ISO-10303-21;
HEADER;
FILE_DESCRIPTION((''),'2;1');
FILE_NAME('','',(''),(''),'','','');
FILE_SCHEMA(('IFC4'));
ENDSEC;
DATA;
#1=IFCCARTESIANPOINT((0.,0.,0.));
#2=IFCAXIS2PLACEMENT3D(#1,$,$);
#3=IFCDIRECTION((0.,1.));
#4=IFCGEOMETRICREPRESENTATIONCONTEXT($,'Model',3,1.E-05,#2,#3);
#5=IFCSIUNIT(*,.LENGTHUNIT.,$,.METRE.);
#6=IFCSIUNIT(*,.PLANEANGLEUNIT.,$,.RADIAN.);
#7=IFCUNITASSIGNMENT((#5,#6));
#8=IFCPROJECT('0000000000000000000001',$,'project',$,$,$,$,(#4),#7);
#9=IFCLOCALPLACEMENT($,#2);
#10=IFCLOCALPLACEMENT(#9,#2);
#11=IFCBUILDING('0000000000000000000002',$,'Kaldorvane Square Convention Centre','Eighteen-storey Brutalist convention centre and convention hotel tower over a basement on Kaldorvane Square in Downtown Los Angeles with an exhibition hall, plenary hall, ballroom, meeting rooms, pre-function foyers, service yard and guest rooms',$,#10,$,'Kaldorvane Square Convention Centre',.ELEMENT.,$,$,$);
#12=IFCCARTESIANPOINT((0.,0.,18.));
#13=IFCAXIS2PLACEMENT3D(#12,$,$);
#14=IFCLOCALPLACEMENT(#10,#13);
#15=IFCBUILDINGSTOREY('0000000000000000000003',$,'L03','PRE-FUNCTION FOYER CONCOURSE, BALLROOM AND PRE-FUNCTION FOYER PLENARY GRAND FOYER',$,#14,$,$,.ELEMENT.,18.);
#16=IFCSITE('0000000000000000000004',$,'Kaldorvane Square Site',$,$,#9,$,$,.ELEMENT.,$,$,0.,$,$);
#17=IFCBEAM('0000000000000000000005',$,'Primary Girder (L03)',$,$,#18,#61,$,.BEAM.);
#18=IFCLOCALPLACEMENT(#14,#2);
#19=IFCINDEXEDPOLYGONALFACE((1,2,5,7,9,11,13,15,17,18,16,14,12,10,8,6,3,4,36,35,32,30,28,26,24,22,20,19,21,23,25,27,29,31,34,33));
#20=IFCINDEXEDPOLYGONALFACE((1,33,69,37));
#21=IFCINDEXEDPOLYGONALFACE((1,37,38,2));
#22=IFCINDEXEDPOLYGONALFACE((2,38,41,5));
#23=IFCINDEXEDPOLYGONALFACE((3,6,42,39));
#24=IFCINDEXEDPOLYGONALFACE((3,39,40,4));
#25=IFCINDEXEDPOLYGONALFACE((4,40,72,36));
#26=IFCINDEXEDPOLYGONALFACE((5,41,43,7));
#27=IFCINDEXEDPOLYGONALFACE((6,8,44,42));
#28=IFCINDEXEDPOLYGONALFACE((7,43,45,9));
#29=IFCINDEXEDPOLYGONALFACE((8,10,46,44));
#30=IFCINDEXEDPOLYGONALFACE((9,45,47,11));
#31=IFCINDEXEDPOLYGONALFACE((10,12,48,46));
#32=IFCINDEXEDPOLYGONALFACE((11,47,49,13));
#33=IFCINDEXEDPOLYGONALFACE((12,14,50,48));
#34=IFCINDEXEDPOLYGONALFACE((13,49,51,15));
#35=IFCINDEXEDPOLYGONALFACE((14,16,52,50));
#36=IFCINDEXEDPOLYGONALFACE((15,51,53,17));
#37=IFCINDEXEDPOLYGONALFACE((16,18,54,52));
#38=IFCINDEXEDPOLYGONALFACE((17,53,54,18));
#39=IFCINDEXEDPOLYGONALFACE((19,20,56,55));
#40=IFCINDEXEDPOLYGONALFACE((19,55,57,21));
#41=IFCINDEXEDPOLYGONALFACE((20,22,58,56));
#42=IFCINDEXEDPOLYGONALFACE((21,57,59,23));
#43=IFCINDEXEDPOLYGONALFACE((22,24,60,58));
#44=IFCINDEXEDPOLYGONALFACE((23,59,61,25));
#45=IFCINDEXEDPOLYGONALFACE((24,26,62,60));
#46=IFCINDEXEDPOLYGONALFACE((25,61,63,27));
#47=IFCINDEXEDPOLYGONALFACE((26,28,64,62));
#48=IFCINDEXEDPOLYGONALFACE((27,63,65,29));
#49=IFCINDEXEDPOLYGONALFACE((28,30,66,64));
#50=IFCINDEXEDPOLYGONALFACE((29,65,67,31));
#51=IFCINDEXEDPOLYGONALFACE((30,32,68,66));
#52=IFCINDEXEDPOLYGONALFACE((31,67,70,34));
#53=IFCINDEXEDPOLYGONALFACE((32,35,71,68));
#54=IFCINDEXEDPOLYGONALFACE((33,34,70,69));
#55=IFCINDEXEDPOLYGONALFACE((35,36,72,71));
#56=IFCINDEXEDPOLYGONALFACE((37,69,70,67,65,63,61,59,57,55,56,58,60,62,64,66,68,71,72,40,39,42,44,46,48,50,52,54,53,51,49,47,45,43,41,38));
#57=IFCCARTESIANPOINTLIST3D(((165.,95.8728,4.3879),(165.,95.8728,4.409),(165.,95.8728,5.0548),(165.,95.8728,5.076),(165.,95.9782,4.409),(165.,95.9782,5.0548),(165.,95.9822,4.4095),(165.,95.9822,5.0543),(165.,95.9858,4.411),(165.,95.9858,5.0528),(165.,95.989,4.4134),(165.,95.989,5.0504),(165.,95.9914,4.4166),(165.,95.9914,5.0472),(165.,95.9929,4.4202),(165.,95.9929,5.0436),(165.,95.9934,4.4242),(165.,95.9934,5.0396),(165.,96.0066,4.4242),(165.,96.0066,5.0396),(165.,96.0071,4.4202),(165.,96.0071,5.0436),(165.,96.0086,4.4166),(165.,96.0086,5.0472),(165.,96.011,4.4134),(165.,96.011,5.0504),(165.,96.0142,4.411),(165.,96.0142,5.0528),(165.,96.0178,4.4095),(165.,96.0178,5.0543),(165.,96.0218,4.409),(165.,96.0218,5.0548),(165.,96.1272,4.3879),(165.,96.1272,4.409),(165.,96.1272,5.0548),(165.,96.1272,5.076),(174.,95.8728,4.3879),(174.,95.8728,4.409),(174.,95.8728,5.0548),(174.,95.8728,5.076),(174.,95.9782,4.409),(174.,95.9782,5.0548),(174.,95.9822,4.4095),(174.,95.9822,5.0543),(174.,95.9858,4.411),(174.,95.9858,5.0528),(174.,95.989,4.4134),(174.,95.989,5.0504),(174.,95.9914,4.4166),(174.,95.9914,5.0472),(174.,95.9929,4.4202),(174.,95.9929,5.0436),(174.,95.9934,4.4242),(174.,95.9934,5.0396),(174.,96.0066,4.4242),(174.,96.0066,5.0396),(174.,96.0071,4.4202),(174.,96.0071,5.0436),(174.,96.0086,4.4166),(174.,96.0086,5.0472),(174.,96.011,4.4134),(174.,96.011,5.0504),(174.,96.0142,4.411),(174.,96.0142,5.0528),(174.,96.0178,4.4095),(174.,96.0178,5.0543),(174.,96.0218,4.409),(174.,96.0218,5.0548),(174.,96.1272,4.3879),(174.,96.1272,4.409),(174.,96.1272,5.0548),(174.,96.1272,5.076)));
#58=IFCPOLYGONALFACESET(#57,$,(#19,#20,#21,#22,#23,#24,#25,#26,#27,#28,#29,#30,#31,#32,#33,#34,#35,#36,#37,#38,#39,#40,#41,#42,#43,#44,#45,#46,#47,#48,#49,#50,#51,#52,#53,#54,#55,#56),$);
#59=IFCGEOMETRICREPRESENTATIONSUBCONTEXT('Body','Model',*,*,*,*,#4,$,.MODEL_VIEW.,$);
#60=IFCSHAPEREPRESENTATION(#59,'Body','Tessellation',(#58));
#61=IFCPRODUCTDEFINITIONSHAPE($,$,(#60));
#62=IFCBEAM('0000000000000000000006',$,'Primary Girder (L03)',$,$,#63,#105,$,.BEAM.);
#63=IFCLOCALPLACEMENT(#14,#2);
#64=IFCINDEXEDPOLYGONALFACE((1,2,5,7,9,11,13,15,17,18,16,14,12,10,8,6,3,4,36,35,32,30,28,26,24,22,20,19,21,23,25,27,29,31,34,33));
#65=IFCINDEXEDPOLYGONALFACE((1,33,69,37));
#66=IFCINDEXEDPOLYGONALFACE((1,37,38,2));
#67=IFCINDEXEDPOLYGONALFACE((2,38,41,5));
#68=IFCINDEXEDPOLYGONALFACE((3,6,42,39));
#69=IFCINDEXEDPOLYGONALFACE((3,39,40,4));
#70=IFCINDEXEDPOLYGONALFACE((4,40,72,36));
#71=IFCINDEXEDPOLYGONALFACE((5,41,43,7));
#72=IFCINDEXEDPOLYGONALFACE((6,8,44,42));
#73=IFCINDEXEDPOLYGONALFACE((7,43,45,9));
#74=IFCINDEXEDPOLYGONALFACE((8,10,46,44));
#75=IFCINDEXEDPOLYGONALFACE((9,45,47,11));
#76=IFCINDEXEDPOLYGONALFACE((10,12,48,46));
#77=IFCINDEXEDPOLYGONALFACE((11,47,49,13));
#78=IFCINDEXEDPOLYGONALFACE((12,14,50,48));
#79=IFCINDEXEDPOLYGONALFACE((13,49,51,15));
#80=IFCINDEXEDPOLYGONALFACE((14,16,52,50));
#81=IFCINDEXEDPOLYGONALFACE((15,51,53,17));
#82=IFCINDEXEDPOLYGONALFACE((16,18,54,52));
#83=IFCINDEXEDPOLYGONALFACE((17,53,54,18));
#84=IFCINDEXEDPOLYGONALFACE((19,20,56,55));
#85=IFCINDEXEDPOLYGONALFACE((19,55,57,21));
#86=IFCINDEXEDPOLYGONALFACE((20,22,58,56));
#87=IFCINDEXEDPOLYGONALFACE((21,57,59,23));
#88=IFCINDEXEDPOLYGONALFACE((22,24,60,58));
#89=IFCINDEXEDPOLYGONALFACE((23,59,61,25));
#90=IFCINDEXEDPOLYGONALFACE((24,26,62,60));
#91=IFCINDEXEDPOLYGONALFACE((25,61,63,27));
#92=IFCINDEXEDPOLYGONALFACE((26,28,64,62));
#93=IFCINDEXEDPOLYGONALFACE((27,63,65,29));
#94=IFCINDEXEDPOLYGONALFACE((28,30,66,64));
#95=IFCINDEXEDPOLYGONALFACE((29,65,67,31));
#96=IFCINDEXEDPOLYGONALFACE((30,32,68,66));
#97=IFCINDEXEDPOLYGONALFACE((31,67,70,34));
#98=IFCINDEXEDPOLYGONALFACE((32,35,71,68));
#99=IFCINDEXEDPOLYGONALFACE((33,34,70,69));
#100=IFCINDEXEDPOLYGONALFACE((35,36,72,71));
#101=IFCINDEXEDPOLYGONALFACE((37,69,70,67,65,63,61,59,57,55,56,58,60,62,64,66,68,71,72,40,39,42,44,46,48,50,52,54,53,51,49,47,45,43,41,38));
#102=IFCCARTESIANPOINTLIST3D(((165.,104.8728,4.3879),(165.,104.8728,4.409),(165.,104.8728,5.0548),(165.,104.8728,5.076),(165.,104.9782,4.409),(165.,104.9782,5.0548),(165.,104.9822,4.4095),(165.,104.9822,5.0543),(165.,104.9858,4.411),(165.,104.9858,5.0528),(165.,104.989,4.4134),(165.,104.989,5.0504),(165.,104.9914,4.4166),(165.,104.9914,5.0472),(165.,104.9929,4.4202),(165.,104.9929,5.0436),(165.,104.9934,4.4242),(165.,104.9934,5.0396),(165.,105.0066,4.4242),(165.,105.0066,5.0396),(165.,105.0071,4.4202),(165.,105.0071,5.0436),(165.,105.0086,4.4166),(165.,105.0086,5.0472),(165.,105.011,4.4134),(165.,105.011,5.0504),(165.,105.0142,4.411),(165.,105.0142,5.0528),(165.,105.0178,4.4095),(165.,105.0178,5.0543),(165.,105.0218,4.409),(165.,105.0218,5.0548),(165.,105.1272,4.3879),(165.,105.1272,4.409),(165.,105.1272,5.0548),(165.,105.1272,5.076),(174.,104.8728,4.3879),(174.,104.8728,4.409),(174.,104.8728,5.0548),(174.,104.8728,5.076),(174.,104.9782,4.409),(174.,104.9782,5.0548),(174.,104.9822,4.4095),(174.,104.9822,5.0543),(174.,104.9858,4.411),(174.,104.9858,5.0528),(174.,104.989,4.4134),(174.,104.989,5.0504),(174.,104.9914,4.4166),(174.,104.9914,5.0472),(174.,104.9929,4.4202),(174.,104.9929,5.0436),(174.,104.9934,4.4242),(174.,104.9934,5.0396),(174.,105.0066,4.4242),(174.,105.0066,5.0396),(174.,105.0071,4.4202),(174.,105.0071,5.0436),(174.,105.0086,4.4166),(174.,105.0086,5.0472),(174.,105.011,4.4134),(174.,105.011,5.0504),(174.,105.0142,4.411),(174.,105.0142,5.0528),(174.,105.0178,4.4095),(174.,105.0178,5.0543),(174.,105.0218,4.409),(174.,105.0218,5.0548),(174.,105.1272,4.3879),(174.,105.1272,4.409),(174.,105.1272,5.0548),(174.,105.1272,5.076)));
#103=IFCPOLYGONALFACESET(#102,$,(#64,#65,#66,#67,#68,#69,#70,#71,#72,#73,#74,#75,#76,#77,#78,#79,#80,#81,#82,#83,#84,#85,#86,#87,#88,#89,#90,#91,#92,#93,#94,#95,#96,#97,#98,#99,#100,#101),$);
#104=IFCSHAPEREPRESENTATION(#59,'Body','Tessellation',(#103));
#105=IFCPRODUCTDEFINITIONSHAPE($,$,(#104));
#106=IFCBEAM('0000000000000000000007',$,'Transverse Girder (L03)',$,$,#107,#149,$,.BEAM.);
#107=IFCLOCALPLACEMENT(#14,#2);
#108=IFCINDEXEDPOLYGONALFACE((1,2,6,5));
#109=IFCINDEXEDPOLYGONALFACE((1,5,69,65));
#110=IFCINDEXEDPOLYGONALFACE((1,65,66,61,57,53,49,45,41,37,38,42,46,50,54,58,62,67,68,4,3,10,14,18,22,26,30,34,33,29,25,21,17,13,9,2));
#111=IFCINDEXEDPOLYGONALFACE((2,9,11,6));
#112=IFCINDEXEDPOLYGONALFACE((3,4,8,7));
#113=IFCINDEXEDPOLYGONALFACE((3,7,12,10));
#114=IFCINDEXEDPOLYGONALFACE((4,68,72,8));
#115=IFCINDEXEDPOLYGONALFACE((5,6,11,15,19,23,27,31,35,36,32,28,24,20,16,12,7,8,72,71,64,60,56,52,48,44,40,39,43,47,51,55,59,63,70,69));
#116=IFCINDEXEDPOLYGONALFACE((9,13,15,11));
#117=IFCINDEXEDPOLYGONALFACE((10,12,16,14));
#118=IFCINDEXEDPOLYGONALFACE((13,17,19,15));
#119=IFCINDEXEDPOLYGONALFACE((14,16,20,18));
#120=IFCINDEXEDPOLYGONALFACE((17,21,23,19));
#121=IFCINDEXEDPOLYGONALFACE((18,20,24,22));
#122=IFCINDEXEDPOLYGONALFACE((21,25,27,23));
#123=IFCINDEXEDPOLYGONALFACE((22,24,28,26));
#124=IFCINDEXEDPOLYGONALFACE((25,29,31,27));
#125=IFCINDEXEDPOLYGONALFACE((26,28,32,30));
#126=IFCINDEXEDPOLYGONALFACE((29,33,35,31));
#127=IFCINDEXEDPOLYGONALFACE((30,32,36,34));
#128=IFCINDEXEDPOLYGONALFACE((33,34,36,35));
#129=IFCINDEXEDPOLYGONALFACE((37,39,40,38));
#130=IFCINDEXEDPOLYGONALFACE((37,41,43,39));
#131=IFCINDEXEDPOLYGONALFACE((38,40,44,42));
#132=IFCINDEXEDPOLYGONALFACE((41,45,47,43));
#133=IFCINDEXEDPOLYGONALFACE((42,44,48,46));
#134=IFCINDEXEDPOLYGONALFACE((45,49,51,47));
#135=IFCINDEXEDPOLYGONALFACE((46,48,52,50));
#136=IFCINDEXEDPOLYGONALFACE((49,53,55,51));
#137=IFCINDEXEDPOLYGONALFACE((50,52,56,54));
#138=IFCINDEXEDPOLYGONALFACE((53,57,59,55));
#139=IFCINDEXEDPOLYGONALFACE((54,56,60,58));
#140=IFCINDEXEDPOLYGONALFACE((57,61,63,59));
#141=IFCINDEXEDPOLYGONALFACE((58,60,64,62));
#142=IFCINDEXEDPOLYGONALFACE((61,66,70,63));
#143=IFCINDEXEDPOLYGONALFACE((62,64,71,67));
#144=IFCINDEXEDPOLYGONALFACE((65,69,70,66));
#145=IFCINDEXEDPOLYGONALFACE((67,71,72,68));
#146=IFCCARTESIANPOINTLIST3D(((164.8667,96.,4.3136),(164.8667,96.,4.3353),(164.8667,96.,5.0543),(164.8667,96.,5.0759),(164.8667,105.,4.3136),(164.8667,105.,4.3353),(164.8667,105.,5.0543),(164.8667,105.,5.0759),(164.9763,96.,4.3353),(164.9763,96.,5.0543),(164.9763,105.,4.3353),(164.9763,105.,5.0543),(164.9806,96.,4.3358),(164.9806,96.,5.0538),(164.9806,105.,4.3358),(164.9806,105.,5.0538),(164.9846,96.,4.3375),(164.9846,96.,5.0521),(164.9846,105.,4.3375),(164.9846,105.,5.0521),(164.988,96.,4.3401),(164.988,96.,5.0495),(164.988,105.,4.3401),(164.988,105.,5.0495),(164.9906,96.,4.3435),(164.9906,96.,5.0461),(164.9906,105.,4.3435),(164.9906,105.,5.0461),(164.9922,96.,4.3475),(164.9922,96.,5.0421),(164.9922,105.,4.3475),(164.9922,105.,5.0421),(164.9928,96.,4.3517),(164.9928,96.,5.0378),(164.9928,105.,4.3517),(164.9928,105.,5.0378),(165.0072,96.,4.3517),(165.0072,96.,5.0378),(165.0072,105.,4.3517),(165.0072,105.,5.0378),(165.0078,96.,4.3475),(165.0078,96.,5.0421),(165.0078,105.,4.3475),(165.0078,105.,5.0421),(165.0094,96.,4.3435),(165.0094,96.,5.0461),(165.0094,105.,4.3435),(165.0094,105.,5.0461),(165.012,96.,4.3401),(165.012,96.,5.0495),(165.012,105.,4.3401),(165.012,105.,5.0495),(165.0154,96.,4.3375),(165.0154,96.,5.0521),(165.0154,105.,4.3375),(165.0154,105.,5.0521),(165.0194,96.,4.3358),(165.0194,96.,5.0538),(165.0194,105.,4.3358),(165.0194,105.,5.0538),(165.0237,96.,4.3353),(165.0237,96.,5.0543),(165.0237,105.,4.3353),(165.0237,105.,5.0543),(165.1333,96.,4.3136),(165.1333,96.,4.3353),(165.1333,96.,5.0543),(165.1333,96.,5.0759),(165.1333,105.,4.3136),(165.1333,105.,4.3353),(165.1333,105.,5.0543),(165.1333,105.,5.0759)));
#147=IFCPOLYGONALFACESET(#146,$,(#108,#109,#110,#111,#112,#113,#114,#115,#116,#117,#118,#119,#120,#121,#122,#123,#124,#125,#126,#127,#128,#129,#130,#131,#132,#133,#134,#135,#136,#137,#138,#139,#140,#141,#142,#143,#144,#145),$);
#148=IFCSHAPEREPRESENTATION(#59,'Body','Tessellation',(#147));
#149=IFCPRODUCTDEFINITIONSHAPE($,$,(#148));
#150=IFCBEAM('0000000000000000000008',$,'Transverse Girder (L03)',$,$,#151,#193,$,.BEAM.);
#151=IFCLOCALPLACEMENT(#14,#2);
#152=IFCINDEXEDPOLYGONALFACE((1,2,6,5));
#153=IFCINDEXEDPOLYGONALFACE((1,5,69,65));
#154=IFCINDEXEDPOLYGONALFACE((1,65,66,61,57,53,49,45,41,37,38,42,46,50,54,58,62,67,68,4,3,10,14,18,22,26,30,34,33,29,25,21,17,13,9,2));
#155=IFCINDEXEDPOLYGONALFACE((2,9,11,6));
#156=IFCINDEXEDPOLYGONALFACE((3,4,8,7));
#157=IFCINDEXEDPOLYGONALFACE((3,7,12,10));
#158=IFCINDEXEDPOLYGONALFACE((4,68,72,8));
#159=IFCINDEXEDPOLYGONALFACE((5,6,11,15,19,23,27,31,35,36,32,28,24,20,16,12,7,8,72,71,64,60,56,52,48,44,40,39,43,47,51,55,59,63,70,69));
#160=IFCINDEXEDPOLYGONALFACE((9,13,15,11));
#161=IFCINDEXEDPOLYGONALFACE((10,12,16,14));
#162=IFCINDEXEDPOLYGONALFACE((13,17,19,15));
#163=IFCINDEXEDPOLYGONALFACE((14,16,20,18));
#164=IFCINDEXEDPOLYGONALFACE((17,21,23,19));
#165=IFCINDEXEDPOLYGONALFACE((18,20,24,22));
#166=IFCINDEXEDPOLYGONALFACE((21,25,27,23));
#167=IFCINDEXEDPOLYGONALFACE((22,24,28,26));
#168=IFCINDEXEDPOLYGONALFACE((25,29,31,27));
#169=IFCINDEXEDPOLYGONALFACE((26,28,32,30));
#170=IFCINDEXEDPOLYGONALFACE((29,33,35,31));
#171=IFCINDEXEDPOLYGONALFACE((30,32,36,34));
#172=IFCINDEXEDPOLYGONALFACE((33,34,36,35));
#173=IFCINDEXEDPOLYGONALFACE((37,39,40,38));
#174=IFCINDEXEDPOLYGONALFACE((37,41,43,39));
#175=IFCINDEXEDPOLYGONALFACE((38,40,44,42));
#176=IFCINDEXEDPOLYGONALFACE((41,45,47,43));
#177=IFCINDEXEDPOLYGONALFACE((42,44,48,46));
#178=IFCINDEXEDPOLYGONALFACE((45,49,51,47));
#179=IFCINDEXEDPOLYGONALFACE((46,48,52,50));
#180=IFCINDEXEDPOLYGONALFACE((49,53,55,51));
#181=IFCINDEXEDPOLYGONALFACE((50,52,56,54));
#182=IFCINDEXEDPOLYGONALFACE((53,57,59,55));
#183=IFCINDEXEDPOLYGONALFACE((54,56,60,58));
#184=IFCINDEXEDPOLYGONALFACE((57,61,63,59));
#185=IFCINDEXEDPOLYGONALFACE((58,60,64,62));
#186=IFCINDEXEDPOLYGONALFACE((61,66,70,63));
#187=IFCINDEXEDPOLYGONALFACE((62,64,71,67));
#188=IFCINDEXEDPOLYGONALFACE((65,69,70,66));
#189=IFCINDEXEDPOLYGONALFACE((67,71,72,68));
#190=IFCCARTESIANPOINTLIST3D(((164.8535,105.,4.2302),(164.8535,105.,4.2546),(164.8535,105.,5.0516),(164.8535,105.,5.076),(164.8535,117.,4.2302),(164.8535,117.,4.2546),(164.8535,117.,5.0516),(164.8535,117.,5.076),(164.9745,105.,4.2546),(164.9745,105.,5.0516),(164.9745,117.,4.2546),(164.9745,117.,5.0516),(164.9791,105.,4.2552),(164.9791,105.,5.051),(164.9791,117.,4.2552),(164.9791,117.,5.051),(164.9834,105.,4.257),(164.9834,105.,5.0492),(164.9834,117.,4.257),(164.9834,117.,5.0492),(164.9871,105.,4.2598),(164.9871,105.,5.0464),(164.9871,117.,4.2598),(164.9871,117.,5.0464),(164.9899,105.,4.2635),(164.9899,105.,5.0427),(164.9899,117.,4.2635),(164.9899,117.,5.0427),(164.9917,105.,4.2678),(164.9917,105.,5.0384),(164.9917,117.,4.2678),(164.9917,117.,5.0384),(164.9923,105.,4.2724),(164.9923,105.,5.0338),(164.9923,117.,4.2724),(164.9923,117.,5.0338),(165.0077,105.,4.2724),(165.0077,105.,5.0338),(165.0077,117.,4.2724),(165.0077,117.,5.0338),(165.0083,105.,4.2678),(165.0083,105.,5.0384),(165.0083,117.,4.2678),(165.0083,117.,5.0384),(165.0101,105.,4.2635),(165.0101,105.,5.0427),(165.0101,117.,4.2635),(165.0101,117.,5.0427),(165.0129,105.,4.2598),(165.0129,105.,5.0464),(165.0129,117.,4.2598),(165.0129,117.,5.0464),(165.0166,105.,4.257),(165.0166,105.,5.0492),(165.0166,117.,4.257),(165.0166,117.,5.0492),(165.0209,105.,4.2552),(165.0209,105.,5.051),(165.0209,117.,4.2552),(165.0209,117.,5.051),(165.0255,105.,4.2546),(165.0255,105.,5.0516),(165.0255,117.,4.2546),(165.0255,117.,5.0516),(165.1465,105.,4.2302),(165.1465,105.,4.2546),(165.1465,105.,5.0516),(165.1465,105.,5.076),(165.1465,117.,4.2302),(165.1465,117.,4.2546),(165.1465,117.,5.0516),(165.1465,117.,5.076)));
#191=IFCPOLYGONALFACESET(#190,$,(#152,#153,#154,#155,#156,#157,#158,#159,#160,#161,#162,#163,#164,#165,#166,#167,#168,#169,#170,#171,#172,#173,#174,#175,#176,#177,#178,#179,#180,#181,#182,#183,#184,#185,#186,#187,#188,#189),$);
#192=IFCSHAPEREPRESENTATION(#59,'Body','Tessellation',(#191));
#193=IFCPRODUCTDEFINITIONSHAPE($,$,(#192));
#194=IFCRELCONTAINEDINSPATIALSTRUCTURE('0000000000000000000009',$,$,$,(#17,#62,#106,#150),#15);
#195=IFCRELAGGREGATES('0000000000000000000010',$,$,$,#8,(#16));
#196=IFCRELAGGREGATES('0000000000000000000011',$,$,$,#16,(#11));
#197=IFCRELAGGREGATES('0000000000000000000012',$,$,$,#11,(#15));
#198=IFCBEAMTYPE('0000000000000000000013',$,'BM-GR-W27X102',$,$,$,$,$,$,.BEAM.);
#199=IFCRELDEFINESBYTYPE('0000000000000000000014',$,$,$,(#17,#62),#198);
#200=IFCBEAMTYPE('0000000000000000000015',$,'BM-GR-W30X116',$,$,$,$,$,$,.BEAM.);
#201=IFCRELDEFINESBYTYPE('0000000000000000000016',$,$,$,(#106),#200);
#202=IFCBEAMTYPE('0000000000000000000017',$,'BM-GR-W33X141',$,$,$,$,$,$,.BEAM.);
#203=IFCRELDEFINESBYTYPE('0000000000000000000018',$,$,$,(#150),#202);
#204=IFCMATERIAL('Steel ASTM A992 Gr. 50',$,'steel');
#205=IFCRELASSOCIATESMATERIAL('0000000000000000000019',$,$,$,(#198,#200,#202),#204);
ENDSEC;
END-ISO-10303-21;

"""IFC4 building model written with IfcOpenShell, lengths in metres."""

from ifc_helpers import new_model, si_unit, direction, frame, origin, origin_2d, place, context, subcontext, project, spatial, i_section, extrude, material, material_profile, profile_set, type_object, element, save


model = new_model("IFC4")

# Units and contexts
model_context = context("Model", 3, precision=1e-05, world=origin(), true_north=direction((0.0, 1.0)))
body_context = subcontext(model_context, "Body", "Model", "MODEL_VIEW")
ifc_project = project(units=[si_unit("LENGTHUNIT", "METRE"), si_unit("PLANEANGLEUNIT", "RADIAN")], contexts=[model_context])

# Site, building, storey
site_placement = place(None, origin())
site = spatial("IfcSite", under=ifc_project, at=site_placement, Name="Kaldorvane Square Site", CompositionType="ELEMENT", RefElevation=0.0)
building_placement = place(site_placement, origin())
building = spatial("IfcBuilding", under=site, at=building_placement, Name="Kaldorvane Square Convention Centre", Description="Eighteen-storey Brutalist convention centre and convention hotel tower over a basement on Kaldorvane Square in Downtown Los Angeles with an exhibition hall, plenary hall, ballroom, meeting rooms, pre-function foyers, service yard and guest rooms", LongName="Kaldorvane Square Convention Centre", CompositionType="ELEMENT")
storey_placement = place(building_placement, frame((0.0, 0.0, 18.0)))
storey = spatial("IfcBuildingStorey", under=building, at=storey_placement, Name="L03", Description="PRE-FUNCTION FOYER CONCOURSE, BALLROOM AND PRE-FUNCTION FOYER PLENARY GRAND FOYER", CompositionType="ELEMENT", Elevation=18.0)

# Shared definitions
ifc_material_1 = material(Name="Steel ASTM A992 Gr. 50", Category="steel")

# Beams
ifc_material_profile_1 = material_profile(ifc_material_1, i_section(OverallWidth=0.2544, OverallDepth=0.6881, WebThickness=0.0131, FlangeThickness=0.0211, FilletRadius=0.0152, at=origin_2d()), Name="W27X102")
ifc_profile_set_1 = profile_set([ifc_material_profile_1], Name="Steel ASTM A992 Gr. 50")
beam_type_1 = type_object("IfcBeamType", Name="BM-GR-W27X102", PredefinedType="BEAM", material=ifc_profile_set_1)
for number, where, z_axis, x_axis, name in (
    (1, (165.0, 96.0, 4.7319), (1.0, 0.0, 0.0), (0.0, 1.0, 0.0), "Primary Girder (L03)"),
    (2, (165.0, 105.0, 4.7319), (1.0, 0.0, 0.0), (0.0, 1.0, 0.0), "Primary Girder (L03)"),
):
    element("IfcBeam", number, at=place(storey_placement, frame(where, z_axis=z_axis, x_axis=x_axis)), inside=storey, type_object=beam_type_1, Name=name, PredefinedType="BEAM", context=body_context, shape_type="SweptSolid", body=[
        extrude(i_section(OverallWidth=0.2544, OverallDepth=0.6881, WebThickness=0.0131, FlangeThickness=0.0211, FilletRadius=0.0152, at=origin_2d()), origin(), (0.0, 0.0, 1.0), 9.0),
    ])
ifc_material_profile_2 = material_profile(ifc_material_1, i_section(OverallWidth=0.2666, OverallDepth=0.7623, WebThickness=0.0144, FlangeThickness=0.0216, FilletRadius=0.0165, at=origin_2d()), Name="W30X116")
ifc_profile_set_2 = profile_set([ifc_material_profile_2], Name="Steel ASTM A992 Gr. 50")
beam_type_2 = type_object("IfcBeamType", Name="BM-GR-W30X116", PredefinedType="BEAM", material=ifc_profile_set_2)
beam_1_placement = place(storey_placement, frame((165.0, 96.0, 4.6948), z_axis=(0.0, 1.0, 0.0), x_axis=(-1.0, 0.0, 0.0)))
element("IfcBeam", 3, at=beam_1_placement, inside=storey, type_object=beam_type_2, Name="Transverse Girder (L03)", PredefinedType="BEAM", context=body_context, shape_type="SweptSolid", body=[
    extrude(i_section(OverallWidth=0.2666, OverallDepth=0.7623, WebThickness=0.0144, FlangeThickness=0.0216, FilletRadius=0.0165, at=origin_2d()), origin(), (0.0, 0.0, 1.0), 9.0),
])
ifc_material_profile_3 = material_profile(ifc_material_1, i_section(OverallWidth=0.293, OverallDepth=0.8458, WebThickness=0.0154, FlangeThickness=0.0244, FilletRadius=0.0178, at=origin_2d()), Name="W33X141")
ifc_profile_set_3 = profile_set([ifc_material_profile_3], Name="Steel ASTM A992 Gr. 50")
beam_type_3 = type_object("IfcBeamType", Name="BM-GR-W33X141", PredefinedType="BEAM", material=ifc_profile_set_3)
beam_2_placement = place(storey_placement, frame((165.0, 105.0, 4.6531), z_axis=(0.0, 1.0, 0.0), x_axis=(-1.0, 0.0, 0.0)))
element("IfcBeam", 4, at=beam_2_placement, inside=storey, type_object=beam_type_3, Name="Transverse Girder (L03)", PredefinedType="BEAM", context=body_context, shape_type="SweptSolid", body=[
    extrude(i_section(OverallWidth=0.293, OverallDepth=0.8458, WebThickness=0.0154, FlangeThickness=0.0244, FilletRadius=0.0178, at=origin_2d()), origin(), (0.0, 0.0, 1.0), 12.0),
])

save(model, "model.ifc")
